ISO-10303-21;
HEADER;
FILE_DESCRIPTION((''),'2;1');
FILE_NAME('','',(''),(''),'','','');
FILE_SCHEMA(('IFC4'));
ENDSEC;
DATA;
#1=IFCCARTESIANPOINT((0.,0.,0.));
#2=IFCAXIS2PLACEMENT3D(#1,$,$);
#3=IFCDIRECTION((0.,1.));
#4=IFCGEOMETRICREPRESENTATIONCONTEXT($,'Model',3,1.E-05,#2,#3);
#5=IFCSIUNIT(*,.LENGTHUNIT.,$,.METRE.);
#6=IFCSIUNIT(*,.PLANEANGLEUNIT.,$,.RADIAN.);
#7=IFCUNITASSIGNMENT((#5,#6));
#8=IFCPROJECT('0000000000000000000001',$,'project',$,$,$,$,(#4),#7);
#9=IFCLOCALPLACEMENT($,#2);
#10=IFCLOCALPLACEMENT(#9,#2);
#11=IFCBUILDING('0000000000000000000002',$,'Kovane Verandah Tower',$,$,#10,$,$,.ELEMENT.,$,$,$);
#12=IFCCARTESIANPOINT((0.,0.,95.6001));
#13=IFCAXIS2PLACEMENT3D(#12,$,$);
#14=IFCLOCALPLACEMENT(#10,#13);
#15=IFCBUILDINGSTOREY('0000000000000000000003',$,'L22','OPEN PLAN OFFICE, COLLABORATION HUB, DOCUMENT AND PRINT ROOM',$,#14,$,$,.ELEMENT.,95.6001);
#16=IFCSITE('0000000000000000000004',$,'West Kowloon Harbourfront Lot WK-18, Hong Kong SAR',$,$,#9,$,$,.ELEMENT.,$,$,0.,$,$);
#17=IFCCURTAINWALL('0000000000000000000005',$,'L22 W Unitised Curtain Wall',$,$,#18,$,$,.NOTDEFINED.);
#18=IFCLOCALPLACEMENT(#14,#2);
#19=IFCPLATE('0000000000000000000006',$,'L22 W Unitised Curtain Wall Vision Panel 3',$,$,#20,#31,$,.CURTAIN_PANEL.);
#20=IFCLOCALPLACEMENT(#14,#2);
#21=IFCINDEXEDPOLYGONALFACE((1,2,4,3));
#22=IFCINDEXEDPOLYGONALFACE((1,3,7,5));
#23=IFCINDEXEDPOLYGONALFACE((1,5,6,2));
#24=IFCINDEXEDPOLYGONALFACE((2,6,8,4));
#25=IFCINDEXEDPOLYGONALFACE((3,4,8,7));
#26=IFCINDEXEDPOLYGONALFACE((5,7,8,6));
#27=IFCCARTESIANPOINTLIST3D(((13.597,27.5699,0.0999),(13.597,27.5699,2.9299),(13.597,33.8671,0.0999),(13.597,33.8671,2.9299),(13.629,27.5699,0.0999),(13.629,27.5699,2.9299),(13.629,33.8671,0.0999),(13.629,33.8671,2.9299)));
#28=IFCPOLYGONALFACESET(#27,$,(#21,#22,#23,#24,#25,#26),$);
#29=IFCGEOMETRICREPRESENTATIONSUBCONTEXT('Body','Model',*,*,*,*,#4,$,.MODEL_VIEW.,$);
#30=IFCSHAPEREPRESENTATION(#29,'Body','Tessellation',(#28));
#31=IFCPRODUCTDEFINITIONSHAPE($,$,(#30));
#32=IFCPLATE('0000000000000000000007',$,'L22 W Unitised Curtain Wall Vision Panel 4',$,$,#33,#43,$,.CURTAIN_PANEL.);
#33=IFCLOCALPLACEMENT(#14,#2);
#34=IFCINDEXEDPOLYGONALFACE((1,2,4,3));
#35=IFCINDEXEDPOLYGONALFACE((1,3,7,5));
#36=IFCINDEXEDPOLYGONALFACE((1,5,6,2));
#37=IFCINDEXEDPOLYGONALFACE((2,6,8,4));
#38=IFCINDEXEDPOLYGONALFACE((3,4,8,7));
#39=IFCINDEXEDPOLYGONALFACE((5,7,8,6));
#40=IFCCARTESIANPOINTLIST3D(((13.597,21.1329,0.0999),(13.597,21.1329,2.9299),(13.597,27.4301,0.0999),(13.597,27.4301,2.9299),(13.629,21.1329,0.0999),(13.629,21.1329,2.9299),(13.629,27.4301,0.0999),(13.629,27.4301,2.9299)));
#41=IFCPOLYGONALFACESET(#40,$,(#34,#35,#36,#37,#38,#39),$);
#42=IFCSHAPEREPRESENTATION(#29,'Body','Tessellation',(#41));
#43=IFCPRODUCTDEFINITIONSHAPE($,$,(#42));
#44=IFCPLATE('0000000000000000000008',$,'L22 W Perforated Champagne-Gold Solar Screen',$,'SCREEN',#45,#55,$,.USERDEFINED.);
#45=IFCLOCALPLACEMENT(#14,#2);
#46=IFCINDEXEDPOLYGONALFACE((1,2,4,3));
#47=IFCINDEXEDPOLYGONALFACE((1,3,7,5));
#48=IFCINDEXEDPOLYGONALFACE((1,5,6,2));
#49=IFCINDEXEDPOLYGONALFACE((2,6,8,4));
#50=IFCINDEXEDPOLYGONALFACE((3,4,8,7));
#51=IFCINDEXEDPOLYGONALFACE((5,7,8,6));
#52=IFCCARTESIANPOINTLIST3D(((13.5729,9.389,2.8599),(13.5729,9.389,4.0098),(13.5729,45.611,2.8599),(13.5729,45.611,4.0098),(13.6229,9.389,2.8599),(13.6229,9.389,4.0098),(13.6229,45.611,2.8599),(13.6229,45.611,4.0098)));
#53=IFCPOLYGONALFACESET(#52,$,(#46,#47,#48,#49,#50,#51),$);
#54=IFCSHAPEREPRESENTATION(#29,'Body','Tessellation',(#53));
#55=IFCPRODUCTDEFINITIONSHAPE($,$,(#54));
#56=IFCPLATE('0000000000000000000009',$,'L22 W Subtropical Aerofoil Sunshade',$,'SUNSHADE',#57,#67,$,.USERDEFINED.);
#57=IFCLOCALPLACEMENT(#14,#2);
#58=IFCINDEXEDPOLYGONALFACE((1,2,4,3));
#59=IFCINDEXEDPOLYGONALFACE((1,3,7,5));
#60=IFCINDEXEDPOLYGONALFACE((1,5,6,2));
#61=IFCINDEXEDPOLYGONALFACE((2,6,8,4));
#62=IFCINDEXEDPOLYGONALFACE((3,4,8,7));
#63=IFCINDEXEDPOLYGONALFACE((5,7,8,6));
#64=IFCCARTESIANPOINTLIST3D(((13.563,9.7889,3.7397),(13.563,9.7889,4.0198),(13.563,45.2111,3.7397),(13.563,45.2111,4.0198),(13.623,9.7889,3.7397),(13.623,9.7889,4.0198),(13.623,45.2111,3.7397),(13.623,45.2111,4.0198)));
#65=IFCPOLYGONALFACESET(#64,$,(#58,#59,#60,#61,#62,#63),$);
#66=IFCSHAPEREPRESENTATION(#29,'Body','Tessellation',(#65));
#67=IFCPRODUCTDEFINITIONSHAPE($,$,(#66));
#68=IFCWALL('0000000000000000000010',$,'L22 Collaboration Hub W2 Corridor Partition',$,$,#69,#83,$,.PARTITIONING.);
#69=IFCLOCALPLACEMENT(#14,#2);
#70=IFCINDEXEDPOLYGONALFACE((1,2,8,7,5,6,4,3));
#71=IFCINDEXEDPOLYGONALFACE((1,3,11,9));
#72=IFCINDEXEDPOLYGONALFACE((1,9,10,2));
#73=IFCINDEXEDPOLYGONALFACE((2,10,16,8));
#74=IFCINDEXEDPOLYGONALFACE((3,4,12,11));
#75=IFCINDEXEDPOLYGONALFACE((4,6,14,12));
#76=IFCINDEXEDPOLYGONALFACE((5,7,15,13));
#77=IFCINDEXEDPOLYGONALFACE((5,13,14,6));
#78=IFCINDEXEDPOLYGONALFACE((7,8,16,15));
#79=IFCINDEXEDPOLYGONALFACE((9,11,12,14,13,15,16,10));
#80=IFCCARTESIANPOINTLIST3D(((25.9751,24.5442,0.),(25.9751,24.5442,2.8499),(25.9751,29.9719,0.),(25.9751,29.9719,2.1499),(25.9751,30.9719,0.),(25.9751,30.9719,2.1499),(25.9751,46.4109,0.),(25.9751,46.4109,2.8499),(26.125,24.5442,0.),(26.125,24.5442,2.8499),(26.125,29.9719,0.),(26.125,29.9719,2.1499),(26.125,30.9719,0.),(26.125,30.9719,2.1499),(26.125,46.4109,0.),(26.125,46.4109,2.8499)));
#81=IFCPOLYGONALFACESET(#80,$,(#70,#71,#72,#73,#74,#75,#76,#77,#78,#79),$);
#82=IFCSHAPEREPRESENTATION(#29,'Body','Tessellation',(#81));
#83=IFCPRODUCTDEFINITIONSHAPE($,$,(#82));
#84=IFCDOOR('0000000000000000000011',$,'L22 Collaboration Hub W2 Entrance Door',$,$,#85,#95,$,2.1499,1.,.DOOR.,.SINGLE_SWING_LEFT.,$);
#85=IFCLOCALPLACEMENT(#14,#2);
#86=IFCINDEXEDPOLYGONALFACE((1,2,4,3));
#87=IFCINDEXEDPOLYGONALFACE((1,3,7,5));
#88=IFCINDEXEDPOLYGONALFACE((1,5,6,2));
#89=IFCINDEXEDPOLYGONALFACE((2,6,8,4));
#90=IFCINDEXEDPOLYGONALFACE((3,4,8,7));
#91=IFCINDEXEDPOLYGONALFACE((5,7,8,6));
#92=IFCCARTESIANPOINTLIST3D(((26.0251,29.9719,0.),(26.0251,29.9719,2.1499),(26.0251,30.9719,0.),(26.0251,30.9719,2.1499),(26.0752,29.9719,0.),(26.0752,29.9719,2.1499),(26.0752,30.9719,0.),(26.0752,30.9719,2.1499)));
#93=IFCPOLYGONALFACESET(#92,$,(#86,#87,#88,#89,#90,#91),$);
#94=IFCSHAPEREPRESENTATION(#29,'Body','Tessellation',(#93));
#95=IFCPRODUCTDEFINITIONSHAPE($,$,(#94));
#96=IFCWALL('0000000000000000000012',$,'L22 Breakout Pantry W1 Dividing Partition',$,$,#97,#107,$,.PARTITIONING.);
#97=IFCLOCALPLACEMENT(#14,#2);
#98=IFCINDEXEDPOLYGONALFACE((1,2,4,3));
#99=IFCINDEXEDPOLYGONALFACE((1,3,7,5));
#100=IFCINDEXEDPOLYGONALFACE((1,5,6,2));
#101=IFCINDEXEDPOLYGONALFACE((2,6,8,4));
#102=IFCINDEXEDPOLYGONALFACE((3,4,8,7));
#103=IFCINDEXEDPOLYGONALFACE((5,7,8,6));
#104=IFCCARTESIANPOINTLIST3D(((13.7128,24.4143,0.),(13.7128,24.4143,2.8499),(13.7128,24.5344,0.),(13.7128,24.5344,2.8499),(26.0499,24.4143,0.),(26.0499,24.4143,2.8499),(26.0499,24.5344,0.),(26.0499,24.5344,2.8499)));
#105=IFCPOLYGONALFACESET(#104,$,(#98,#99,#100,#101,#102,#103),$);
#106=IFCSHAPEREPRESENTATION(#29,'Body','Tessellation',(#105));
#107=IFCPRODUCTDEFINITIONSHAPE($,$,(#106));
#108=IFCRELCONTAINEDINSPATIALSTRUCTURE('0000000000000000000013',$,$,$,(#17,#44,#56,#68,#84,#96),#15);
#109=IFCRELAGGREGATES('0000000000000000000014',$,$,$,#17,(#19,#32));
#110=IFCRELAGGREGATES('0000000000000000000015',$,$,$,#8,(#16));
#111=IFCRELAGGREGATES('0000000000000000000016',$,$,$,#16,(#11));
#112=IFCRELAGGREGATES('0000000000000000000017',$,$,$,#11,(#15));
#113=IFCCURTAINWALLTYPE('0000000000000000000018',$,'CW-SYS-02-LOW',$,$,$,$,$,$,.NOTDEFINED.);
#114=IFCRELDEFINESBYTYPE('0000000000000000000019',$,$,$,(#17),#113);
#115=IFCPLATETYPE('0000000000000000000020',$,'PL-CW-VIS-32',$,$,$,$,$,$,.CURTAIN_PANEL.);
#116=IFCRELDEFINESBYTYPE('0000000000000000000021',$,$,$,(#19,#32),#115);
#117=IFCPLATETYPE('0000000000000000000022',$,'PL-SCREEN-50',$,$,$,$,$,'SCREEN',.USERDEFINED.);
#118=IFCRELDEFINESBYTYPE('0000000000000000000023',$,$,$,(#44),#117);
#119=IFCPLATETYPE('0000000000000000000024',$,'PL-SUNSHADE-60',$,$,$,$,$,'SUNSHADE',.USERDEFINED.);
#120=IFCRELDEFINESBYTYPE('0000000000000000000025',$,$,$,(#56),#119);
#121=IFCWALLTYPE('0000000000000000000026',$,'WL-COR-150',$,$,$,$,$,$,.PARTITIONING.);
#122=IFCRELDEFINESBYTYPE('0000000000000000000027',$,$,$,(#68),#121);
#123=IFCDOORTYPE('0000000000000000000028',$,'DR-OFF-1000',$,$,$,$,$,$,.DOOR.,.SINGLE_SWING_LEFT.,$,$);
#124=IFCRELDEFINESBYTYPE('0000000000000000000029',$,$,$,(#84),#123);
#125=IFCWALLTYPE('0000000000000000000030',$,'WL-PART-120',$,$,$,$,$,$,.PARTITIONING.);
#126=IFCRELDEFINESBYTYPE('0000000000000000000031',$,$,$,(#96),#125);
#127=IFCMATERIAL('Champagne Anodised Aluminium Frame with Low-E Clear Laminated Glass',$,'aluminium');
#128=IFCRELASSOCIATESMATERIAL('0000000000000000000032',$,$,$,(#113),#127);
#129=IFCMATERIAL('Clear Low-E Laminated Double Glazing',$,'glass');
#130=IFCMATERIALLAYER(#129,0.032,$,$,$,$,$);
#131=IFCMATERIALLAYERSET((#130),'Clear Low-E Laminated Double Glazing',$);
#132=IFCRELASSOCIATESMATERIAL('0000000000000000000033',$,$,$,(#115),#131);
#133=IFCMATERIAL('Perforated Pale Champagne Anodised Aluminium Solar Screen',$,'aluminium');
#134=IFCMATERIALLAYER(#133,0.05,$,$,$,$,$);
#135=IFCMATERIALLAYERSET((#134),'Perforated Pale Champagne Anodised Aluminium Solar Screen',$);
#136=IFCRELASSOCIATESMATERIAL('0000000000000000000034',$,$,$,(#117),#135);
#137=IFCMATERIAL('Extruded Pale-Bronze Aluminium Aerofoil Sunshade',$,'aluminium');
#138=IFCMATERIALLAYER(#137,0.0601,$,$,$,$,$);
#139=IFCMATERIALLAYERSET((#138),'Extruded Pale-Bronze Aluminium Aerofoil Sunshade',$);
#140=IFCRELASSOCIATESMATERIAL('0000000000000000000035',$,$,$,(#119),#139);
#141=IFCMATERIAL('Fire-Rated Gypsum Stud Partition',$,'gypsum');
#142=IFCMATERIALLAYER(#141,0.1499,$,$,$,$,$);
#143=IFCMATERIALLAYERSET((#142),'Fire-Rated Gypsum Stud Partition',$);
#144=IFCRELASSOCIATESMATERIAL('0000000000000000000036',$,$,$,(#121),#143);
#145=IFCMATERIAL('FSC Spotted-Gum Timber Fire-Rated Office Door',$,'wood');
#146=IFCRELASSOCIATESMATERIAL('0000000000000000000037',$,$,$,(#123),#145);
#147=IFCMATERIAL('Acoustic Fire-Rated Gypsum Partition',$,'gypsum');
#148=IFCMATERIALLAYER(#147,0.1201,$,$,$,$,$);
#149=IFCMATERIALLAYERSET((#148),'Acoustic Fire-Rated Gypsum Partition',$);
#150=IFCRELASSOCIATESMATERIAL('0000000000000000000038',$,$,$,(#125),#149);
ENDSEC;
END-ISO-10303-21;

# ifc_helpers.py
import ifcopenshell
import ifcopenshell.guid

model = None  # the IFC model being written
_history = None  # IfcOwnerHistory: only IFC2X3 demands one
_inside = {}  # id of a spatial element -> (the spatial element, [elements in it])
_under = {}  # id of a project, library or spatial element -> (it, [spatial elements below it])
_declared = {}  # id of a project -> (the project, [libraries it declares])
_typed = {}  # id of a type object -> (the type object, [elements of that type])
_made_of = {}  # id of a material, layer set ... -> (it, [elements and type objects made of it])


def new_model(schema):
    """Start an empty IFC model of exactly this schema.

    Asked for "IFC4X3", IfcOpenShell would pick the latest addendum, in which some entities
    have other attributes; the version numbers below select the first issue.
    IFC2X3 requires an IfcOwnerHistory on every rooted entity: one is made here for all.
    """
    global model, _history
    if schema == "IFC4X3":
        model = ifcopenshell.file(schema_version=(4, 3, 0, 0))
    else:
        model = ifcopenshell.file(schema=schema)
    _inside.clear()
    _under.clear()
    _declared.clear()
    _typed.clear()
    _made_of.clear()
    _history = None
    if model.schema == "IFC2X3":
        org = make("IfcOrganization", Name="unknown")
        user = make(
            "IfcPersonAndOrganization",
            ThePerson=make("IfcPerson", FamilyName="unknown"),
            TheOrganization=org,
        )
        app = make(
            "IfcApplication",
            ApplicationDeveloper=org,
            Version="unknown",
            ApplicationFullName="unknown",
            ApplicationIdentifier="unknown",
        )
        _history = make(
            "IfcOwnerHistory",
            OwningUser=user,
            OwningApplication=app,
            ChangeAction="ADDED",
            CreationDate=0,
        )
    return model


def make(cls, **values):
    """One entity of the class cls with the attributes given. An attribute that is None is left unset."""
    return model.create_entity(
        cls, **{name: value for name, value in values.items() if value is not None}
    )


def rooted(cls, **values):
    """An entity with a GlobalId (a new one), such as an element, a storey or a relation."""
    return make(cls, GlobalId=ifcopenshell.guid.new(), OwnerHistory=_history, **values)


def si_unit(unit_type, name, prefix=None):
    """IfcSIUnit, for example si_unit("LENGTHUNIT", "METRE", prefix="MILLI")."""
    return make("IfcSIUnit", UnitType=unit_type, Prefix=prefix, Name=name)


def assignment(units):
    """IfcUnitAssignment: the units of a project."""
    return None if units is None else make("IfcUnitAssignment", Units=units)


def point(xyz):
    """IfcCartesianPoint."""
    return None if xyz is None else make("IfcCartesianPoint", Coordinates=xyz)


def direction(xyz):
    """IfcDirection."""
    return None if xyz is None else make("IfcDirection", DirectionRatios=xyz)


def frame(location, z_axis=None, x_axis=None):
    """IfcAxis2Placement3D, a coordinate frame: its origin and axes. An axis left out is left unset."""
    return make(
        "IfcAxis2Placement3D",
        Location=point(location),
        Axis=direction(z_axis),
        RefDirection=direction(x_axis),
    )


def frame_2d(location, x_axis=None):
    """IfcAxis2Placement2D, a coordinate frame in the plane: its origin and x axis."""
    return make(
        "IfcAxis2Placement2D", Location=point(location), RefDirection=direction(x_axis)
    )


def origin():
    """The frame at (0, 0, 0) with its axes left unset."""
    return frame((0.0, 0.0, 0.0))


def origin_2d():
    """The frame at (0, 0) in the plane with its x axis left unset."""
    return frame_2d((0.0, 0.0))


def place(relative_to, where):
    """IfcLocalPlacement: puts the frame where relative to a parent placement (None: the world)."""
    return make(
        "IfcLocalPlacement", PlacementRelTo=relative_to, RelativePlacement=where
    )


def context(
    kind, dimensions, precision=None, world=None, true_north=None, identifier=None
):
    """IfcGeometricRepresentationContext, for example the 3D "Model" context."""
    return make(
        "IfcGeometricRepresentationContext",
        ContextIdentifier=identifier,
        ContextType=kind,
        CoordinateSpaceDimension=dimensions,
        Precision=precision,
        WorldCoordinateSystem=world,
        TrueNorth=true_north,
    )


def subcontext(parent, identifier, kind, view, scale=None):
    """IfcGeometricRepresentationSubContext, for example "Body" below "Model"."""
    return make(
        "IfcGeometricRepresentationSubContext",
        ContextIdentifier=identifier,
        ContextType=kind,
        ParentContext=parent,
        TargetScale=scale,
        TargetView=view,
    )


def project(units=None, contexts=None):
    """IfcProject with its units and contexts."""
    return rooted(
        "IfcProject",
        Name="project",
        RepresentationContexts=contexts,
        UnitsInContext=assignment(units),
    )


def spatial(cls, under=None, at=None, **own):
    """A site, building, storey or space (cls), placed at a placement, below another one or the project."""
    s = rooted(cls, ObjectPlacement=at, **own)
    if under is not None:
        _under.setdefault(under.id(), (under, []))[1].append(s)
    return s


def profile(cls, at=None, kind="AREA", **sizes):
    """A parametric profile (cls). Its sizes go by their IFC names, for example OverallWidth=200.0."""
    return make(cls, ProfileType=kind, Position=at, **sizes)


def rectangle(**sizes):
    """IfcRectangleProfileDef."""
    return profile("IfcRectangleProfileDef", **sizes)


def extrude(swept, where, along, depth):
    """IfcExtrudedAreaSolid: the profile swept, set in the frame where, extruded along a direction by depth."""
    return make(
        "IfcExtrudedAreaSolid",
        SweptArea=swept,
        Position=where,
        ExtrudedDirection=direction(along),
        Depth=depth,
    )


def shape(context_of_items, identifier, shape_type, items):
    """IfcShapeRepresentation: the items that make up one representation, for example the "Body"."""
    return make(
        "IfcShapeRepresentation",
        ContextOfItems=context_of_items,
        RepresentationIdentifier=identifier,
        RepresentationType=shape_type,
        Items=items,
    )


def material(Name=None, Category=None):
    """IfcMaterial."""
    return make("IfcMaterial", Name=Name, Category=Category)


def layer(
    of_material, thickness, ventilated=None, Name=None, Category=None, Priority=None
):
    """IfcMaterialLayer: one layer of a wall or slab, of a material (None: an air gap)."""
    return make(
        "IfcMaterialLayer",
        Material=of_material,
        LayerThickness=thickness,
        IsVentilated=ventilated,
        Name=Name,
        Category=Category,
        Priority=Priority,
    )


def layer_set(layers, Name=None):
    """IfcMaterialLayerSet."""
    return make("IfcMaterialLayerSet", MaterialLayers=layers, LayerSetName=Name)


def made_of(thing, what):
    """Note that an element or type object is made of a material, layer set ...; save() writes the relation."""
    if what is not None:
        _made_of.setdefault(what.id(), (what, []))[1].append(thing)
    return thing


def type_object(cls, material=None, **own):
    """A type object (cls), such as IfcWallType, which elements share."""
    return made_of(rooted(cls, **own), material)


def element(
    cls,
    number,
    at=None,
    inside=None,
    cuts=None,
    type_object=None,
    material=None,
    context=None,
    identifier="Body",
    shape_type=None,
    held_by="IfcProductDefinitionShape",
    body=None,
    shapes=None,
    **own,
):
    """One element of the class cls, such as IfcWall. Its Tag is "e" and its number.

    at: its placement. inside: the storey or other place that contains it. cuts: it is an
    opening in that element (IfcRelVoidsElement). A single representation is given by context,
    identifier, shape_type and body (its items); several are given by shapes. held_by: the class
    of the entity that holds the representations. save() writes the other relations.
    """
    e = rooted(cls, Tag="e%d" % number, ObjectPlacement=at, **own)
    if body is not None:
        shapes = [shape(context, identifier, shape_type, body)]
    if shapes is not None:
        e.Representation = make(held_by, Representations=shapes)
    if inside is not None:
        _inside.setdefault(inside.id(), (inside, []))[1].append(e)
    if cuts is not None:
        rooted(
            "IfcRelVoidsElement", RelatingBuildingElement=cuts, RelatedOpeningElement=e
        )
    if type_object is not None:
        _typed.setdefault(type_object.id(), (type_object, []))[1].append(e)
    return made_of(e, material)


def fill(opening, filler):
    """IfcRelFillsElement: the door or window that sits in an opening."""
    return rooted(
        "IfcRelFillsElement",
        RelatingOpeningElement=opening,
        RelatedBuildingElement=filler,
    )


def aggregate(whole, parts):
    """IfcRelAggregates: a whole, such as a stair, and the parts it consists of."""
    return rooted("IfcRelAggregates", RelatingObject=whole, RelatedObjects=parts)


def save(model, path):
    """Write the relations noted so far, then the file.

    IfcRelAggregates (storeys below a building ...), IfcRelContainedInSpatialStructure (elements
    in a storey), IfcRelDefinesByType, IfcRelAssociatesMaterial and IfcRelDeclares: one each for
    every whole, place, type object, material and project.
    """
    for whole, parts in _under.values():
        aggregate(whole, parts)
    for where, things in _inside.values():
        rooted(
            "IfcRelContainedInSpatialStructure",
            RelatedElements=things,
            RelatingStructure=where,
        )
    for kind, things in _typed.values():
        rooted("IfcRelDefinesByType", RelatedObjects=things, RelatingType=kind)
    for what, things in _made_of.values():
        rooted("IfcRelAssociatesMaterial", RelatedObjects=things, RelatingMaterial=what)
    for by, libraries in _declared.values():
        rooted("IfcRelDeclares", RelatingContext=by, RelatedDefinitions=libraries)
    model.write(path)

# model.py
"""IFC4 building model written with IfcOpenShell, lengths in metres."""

from ifc_helpers import new_model, si_unit, direction, frame, frame_2d, origin, origin_2d, place, context, subcontext, project, spatial, rectangle, extrude, material, layer, layer_set, type_object, element, fill, aggregate, save


model = new_model("IFC4")

# Units and contexts
model_context = context("Model", 3, precision=1e-05, world=origin(), true_north=direction((0.0, 1.0)))
body_context = subcontext(model_context, "Body", "Model", "MODEL_VIEW")
ifc_project = project(units=[si_unit("LENGTHUNIT", "METRE"), si_unit("PLANEANGLEUNIT", "RADIAN")], contexts=[model_context])

# Site, building, storey
site_placement = place(None, origin())
site = spatial("IfcSite", under=ifc_project, at=site_placement, Name="West Kowloon Harbourfront Lot WK-18, Hong Kong SAR", CompositionType="ELEMENT", RefElevation=0.0)
building_placement = place(site_placement, origin())
building = spatial("IfcBuilding", under=site, at=building_placement, Name="Kovane Verandah Tower", CompositionType="ELEMENT")
storey_placement = place(building_placement, frame((0.0, 0.0, 95.6001)))
storey = spatial("IfcBuildingStorey", under=building, at=storey_placement, Name="L22", Description="OPEN PLAN OFFICE, COLLABORATION HUB, DOCUMENT AND PRINT ROOM", CompositionType="ELEMENT", Elevation=95.6001)

# Curtain wall
ifc_material_1 = material(Name="Champagne Anodised Aluminium Frame with Low-E Clear Laminated Glass", Category="aluminium")
curtain_wall_type = type_object("IfcCurtainWallType", Name="CW-SYS-02-LOW", PredefinedType="NOTDEFINED", material=ifc_material_1)
curtain_wall_placement = place(storey_placement, origin())
curtain_wall = element("IfcCurtainWall", 1, at=curtain_wall_placement, inside=storey, type_object=curtain_wall_type, Name="L22 W Unitised Curtain Wall", PredefinedType="NOTDEFINED")

# Plates
ifc_material_2 = material(Name="Clear Low-E Laminated Double Glazing", Category="glass")
ifc_layer_1 = layer(ifc_material_2, 0.032)
ifc_layer_set_1 = layer_set([ifc_layer_1], Name="Clear Low-E Laminated Double Glazing")
plate_type_1 = type_object("IfcPlateType", Name="PL-CW-VIS-32", PredefinedType="CURTAIN_PANEL", material=ifc_layer_set_1)
plate_1_placement = place(storey_placement, frame((13.613, 30.7185, 0.0999), z_axis=(0.0, 0.0, 1.0), x_axis=(0.0, -1.0, 0.0)))
plate_1 = element("IfcPlate", 2, at=plate_1_placement, type_object=plate_type_1, Name="L22 W Unitised Curtain Wall Vision Panel 3", PredefinedType="CURTAIN_PANEL", context=body_context, shape_type="SweptSolid", body=[
    extrude(rectangle(XDim=6.2971, YDim=0.032, at=origin_2d()), origin(), (0.0, 0.0, 1.0), 2.8301),
])
plate_2_placement = place(storey_placement, frame((13.613, 24.2815, 0.0999), z_axis=(0.0, 0.0, 1.0), x_axis=(0.0, -1.0, 0.0)))
plate_2 = element("IfcPlate", 3, at=plate_2_placement, type_object=plate_type_1, Name="L22 W Unitised Curtain Wall Vision Panel 4", PredefinedType="CURTAIN_PANEL", context=body_context, shape_type="SweptSolid", body=[
    extrude(rectangle(XDim=6.2971, YDim=0.032, at=origin_2d()), origin(), (0.0, 0.0, 1.0), 2.8301),
])
aggregate(curtain_wall, [plate_1, plate_2])

# Plates
ifc_material_3 = material(Name="Perforated Pale Champagne Anodised Aluminium Solar Screen", Category="aluminium")
ifc_layer_2 = layer(ifc_material_3, 0.05)
ifc_layer_set_2 = layer_set([ifc_layer_2], Name="Perforated Pale Champagne Anodised Aluminium Solar Screen")
plate_type_2 = type_object("IfcPlateType", Name="PL-SCREEN-50", ElementType="SCREEN", PredefinedType="USERDEFINED", material=ifc_layer_set_2)
plate_3_placement = place(storey_placement, frame((13.5979, 27.5, 2.8599), z_axis=(0.0, 0.0, 1.0), x_axis=(0.0, -1.0, 0.0)))
element("IfcPlate", 4, at=plate_3_placement, inside=storey, type_object=plate_type_2, Name="L22 W Perforated Champagne-Gold Solar Screen", ObjectType="SCREEN", PredefinedType="USERDEFINED", context=body_context, shape_type="SweptSolid", body=[
    extrude(rectangle(XDim=36.2219, YDim=0.05, at=origin_2d()), origin(), (0.0, 0.0, 1.0), 1.1499),
])
ifc_material_4 = material(Name="Extruded Pale-Bronze Aluminium Aerofoil Sunshade", Category="aluminium")
ifc_layer_3 = layer(ifc_material_4, 0.0601)
ifc_layer_set_3 = layer_set([ifc_layer_3], Name="Extruded Pale-Bronze Aluminium Aerofoil Sunshade")
plate_type_3 = type_object("IfcPlateType", Name="PL-SUNSHADE-60", ElementType="SUNSHADE", PredefinedType="USERDEFINED", material=ifc_layer_set_3)
plate_4_placement = place(storey_placement, frame((13.593, 27.5, 3.7397), z_axis=(0.0, 0.0, 1.0), x_axis=(0.0, -1.0, 0.0)))
element("IfcPlate", 5, at=plate_4_placement, inside=storey, type_object=plate_type_3, Name="L22 W Subtropical Aerofoil Sunshade", ObjectType="SUNSHADE", PredefinedType="USERDEFINED", context=body_context, shape_type="SweptSolid", body=[
    extrude(rectangle(XDim=35.4221, YDim=0.0601, at=origin_2d()), origin(), (0.0, 0.0, 1.0), 0.28),
])

# Wall, opening, door
ifc_material_5 = material(Name="Fire-Rated Gypsum Stud Partition", Category="gypsum")
ifc_layer_4 = layer(ifc_material_5, 0.1499)
ifc_layer_set_4 = layer_set([ifc_layer_4], Name="Fire-Rated Gypsum Stud Partition")
wall_type_1 = type_object("IfcWallType", Name="WL-COR-150", PredefinedType="PARTITIONING", material=ifc_layer_set_4)
wall_1_placement = place(storey_placement, frame((26.05, 24.5442, 0.0), z_axis=(0.0, 0.0, 1.0), x_axis=(0.0, 1.0, 0.0)))
wall_1 = element("IfcWall", 6, at=wall_1_placement, inside=storey, type_object=wall_type_1, Name="L22 Collaboration Hub W2 Corridor Partition", PredefinedType="PARTITIONING", context=body_context, shape_type="SweptSolid", body=[
    extrude(rectangle(XDim=21.8667, YDim=0.1499, at=frame_2d((10.9333, 0.0))), origin(), (0.0, 0.0, 1.0), 2.8499),
])
opening_placement = place(wall_1_placement, frame((5.4277, 0.0, 0.0)))
opening = element("IfcOpeningElement", 7, at=opening_placement, cuts=wall_1, PredefinedType="OPENING", context=body_context, shape_type="SweptSolid", body=[
    extrude(rectangle(XDim=1.0, YDim=2.1499, at=frame_2d((0.5, 1.075))), frame((0.0, 0.075, 0.0), z_axis=(0.0, -1.0, 0.0), x_axis=(1.0, 0.0, 0.0)), (0.0, 0.0, 1.0), 0.1499),
])
ifc_material_6 = material(Name="FSC Spotted-Gum Timber Fire-Rated Office Door", Category="wood")
door_type = type_object("IfcDoorType", Name="DR-OFF-1000", OperationType="SINGLE_SWING_LEFT", PredefinedType="DOOR", material=ifc_material_6)
door_placement = place(opening_placement, origin())
door = element("IfcDoor", 8, at=door_placement, inside=storey, type_object=door_type, Name="L22 Collaboration Hub W2 Entrance Door", OperationType="SINGLE_SWING_LEFT", OverallHeight=2.1499, OverallWidth=1.0, PredefinedType="DOOR", context=body_context, shape_type="SweptSolid", body=[
    extrude(rectangle(XDim=1.0, YDim=2.1499, at=frame_2d((0.5, 1.075))), frame((0.0, 0.0249, 0.0), z_axis=(0.0, -1.0, 0.0), x_axis=(1.0, 0.0, 0.0)), (0.0, 0.0, 1.0), 0.05),
])
fill(opening, door)

# Wall
ifc_material_7 = material(Name="Acoustic Fire-Rated Gypsum Partition", Category="gypsum")
ifc_layer_5 = layer(ifc_material_7, 0.1201)
ifc_layer_set_5 = layer_set([ifc_layer_5], Name="Acoustic Fire-Rated Gypsum Partition")
wall_type_2 = type_object("IfcWallType", Name="WL-PART-120", PredefinedType="PARTITIONING", material=ifc_layer_set_5)
wall_2_placement = place(storey_placement, frame((13.7129, 24.4744, 0.0), z_axis=(0.0, 0.0, 1.0), x_axis=(1.0, 0.0, 0.0)))
element("IfcWall", 9, at=wall_2_placement, inside=storey, type_object=wall_type_2, Name="L22 Breakout Pantry W1 Dividing Partition", PredefinedType="PARTITIONING", context=body_context, shape_type="SweptSolid", body=[
    extrude(rectangle(XDim=12.3372, YDim=0.1201, at=frame_2d((6.1685, 0.0))), origin(), (0.0, 0.0, 1.0), 2.8499),
])

save(model, "model.ifc")
